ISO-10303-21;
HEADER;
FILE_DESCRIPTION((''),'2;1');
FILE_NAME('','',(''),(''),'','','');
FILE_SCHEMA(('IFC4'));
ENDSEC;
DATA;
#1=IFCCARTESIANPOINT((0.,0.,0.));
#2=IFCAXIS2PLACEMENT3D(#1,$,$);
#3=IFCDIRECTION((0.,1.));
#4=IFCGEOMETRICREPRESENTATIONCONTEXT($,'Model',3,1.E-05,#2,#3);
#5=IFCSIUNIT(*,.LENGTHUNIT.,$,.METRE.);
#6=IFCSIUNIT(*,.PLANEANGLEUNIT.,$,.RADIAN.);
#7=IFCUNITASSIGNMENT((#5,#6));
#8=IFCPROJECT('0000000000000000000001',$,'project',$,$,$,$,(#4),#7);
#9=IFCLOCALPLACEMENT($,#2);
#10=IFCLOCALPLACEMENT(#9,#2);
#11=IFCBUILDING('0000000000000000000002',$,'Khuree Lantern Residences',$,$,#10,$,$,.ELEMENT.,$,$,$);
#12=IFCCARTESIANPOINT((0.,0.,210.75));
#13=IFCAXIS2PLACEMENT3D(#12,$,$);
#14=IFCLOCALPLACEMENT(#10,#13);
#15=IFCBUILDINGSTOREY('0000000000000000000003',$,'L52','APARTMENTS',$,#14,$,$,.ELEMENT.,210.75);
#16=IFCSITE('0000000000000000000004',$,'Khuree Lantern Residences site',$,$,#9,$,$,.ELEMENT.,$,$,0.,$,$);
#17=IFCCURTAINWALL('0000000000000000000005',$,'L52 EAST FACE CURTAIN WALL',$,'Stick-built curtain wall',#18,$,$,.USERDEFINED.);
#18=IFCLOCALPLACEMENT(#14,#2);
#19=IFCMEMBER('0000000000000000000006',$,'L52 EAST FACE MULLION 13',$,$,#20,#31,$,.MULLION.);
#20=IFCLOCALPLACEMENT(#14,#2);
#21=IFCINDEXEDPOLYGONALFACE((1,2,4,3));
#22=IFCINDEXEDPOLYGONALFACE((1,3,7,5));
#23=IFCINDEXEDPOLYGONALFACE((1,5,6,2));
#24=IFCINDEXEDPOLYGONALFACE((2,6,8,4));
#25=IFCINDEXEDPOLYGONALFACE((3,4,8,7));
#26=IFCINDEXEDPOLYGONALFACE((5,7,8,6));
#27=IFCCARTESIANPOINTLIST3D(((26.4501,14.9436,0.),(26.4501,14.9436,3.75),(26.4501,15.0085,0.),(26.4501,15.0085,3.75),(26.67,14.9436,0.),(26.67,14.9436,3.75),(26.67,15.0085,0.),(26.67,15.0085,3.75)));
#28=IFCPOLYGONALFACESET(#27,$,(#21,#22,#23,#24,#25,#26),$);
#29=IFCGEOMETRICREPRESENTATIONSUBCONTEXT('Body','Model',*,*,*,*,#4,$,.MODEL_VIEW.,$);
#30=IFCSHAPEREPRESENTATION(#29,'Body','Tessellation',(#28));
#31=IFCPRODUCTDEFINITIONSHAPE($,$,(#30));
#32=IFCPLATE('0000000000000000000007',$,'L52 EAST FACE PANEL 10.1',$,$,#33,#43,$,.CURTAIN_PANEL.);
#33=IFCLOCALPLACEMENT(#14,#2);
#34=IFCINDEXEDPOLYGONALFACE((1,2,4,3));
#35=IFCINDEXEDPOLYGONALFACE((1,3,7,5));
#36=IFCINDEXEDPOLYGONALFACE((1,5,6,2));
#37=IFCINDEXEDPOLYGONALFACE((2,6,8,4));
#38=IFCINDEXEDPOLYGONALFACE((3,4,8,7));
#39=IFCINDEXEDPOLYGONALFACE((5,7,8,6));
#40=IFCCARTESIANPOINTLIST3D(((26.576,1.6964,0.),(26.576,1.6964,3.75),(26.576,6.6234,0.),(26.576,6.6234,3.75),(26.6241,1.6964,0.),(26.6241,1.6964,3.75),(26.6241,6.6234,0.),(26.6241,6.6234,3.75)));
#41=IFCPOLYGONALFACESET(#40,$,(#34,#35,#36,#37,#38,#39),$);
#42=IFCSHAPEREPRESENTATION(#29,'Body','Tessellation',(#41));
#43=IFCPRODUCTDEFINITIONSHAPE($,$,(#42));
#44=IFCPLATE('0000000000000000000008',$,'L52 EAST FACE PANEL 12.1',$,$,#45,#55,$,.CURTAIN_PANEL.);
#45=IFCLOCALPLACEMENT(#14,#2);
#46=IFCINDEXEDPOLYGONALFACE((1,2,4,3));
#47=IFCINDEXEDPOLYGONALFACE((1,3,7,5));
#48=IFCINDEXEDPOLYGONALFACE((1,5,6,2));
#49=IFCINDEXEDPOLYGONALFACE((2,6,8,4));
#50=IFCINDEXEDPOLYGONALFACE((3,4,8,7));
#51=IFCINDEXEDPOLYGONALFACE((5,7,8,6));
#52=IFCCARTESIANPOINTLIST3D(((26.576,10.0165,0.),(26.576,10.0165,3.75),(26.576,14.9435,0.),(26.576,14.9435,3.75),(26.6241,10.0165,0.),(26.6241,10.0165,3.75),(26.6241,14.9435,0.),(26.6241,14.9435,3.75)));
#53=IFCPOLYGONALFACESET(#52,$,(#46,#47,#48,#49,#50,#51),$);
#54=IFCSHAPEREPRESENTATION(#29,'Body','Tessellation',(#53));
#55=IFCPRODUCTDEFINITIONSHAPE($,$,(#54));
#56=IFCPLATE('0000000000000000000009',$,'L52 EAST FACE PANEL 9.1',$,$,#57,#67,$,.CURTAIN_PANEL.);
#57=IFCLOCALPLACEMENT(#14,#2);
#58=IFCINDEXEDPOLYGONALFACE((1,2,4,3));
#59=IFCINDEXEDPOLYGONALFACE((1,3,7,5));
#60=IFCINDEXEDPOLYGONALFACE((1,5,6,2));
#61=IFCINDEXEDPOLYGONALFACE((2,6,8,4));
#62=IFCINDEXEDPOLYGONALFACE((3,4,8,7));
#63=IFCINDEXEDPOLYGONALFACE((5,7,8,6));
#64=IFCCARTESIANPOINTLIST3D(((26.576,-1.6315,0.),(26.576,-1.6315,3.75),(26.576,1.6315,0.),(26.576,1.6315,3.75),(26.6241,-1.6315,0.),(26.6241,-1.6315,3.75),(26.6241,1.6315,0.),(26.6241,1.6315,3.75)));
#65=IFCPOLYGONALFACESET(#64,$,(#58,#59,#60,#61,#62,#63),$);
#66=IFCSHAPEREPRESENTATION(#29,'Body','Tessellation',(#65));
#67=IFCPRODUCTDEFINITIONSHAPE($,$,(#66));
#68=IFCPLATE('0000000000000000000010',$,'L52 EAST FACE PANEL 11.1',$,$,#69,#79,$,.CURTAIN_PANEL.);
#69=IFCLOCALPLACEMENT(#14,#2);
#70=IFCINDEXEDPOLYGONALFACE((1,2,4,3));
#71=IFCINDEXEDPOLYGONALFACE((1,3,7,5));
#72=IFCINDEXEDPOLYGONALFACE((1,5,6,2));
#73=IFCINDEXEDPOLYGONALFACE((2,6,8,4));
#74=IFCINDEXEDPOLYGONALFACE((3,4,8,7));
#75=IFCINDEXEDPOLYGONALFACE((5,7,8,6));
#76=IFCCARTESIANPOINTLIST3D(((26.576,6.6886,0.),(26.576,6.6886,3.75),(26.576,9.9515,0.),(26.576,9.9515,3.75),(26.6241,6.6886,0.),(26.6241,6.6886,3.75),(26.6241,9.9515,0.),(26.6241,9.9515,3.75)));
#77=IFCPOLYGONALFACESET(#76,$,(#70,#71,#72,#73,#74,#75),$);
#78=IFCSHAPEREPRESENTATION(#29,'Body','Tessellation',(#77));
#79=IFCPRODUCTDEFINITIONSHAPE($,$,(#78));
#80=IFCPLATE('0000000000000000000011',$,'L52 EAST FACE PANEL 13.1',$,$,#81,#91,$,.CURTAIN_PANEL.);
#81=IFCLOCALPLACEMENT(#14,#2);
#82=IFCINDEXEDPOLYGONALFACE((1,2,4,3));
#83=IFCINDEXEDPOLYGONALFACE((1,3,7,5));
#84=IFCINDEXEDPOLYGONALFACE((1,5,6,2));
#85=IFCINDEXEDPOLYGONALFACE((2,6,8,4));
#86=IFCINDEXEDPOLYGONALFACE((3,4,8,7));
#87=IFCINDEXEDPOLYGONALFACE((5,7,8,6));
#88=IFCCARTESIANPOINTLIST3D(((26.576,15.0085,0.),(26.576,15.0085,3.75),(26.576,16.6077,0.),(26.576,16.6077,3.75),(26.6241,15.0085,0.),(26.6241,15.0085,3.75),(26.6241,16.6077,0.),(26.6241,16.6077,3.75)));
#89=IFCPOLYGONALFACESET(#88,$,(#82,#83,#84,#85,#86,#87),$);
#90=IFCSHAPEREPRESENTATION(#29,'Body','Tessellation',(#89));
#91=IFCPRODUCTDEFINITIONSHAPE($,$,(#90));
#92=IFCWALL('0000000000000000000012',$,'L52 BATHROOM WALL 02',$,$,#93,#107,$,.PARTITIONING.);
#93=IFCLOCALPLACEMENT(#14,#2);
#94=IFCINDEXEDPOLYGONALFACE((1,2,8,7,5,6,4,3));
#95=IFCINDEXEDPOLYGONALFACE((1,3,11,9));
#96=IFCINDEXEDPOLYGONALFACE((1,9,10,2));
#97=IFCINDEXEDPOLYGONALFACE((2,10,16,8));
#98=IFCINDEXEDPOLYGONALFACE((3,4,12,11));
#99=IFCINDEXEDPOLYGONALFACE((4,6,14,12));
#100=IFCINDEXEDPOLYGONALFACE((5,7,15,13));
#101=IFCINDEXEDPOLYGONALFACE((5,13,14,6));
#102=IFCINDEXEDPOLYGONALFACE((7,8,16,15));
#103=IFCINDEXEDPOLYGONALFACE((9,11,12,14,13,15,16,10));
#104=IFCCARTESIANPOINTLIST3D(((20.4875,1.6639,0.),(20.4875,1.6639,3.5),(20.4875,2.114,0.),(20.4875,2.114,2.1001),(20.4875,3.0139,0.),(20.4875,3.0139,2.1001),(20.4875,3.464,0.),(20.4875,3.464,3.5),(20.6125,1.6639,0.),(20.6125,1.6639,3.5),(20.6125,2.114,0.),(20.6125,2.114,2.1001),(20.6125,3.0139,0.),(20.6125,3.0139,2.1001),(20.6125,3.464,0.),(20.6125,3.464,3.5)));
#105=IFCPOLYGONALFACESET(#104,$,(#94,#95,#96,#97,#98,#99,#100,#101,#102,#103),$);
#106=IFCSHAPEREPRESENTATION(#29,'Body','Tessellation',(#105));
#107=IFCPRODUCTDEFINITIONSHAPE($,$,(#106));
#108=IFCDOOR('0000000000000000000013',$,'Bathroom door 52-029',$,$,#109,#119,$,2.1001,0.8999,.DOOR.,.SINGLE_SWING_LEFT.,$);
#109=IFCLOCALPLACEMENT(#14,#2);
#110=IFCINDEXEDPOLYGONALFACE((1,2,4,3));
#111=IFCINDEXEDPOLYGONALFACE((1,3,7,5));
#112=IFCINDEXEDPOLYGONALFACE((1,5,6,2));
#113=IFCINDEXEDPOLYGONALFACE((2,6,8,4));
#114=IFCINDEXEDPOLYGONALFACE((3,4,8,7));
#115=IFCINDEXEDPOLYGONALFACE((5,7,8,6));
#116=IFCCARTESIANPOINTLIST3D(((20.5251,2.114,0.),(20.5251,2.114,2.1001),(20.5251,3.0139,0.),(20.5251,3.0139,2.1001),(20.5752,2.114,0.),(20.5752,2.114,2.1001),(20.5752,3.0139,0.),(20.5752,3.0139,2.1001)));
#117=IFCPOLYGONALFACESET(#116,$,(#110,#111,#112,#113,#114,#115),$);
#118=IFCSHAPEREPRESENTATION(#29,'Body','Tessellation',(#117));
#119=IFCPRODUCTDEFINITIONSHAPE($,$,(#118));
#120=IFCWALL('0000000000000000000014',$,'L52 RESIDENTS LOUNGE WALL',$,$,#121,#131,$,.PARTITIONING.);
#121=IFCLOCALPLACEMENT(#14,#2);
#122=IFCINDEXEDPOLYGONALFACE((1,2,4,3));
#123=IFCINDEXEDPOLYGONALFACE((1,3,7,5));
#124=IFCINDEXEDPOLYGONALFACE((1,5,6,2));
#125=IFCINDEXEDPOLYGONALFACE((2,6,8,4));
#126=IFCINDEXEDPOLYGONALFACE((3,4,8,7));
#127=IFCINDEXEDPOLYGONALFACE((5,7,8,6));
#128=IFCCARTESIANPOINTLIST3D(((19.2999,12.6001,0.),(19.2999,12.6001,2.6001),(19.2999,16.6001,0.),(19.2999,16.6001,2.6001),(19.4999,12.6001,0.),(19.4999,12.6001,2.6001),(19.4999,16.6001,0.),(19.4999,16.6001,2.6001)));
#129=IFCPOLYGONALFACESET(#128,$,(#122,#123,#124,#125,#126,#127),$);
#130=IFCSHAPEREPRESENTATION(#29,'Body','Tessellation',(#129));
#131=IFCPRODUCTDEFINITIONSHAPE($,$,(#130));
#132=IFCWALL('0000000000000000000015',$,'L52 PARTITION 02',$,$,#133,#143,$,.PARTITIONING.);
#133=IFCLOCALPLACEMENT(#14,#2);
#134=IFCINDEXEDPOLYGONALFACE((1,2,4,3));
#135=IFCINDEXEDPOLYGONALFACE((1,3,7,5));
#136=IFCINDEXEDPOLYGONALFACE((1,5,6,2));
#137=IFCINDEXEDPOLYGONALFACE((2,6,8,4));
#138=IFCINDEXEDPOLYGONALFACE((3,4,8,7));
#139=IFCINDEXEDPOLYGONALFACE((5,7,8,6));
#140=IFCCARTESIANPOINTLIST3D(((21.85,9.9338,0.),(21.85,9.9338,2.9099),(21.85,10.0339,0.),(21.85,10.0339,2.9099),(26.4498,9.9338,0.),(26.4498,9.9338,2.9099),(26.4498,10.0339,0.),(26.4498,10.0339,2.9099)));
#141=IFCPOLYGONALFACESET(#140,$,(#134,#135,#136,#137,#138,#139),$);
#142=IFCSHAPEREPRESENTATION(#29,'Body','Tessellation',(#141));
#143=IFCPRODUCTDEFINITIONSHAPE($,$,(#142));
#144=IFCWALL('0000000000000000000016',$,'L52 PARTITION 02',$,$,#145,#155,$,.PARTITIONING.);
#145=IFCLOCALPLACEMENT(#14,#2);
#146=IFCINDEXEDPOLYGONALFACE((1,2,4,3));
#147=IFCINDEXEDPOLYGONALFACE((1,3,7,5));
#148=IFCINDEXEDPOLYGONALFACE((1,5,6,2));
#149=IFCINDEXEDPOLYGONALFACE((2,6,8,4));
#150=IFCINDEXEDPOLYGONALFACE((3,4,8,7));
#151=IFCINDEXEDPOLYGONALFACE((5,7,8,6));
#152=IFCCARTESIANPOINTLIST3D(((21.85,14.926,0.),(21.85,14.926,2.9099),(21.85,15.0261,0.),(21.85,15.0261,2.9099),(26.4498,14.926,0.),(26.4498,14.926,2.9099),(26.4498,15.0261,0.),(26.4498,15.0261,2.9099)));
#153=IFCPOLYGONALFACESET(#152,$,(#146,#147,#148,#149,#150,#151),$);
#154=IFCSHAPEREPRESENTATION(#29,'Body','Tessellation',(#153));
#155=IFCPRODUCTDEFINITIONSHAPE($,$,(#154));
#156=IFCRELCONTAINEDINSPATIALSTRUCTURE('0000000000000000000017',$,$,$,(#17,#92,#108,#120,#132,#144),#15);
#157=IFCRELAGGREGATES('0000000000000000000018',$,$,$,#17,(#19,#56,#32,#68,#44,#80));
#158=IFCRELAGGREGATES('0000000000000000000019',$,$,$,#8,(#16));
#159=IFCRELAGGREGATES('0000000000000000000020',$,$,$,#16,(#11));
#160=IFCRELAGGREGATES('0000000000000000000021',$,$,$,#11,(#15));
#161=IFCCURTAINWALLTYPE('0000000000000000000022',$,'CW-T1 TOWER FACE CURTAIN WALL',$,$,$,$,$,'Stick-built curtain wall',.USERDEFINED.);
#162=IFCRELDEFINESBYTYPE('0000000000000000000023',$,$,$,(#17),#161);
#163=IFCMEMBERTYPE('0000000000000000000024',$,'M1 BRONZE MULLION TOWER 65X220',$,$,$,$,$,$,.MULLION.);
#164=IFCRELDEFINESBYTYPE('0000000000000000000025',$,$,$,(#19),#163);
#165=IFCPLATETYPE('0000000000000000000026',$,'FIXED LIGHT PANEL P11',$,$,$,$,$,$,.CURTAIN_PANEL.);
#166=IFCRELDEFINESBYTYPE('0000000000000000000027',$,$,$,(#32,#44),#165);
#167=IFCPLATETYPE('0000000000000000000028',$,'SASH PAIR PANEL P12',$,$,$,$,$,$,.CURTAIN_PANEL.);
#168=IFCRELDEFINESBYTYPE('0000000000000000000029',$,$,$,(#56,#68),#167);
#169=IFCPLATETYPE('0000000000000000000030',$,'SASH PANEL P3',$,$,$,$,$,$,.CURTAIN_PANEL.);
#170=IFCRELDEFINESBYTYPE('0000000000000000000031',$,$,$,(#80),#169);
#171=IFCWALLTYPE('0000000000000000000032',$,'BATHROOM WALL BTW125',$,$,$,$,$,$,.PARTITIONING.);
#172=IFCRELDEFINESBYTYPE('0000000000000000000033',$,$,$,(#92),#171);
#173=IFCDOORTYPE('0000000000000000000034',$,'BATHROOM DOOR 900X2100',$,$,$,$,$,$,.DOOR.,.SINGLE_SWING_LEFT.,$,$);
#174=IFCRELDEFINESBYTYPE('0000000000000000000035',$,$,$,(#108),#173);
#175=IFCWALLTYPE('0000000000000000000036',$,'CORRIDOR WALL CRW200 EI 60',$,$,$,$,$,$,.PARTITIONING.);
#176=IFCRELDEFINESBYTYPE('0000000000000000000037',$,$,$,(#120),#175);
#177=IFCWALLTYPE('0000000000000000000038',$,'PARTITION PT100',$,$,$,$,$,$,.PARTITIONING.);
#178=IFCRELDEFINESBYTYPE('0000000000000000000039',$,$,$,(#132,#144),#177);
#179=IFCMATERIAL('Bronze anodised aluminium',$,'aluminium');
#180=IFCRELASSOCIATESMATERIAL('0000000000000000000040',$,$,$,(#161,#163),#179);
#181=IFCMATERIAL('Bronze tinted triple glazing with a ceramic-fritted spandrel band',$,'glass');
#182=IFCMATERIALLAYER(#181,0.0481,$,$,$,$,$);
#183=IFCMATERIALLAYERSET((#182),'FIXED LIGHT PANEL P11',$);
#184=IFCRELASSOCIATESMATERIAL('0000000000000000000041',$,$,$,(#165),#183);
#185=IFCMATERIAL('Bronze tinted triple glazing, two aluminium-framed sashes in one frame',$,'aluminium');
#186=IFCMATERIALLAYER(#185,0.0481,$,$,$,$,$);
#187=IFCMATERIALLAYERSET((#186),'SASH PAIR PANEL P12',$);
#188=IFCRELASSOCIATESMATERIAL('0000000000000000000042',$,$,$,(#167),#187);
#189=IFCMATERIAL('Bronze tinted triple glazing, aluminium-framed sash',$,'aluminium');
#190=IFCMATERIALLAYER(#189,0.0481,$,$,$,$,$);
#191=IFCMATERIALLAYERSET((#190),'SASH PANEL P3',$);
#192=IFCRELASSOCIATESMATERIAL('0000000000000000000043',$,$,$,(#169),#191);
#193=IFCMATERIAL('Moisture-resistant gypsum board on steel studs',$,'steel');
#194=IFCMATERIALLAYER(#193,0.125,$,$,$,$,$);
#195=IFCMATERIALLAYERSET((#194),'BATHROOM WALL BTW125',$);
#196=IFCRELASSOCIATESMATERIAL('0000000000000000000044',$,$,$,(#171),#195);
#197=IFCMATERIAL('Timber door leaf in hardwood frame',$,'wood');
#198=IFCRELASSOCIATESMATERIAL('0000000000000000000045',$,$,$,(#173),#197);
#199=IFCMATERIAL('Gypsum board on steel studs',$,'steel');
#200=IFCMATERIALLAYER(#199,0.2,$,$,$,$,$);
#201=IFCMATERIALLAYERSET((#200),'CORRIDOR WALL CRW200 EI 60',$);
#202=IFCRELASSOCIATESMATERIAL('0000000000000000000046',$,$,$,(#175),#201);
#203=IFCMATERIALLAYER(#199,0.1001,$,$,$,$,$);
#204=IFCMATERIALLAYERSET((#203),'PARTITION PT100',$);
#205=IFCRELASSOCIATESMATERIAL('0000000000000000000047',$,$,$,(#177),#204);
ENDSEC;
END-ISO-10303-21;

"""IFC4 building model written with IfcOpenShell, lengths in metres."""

from ifc_helpers import new_model, si_unit, direction, frame, frame_2d, origin, origin_2d, place, context, subcontext, project, spatial, rectangle, extrude, material, layer, layer_set, material_profile, profile_set, type_object, element, fill, aggregate, save


model = new_model("IFC4")

# Units and contexts
model_context = context("Model", 3, precision=1e-05, world=origin(), true_north=direction((0.0, 1.0)))
body_context = subcontext(model_context, "Body", "Model", "MODEL_VIEW")
ifc_project = project(units=[si_unit("LENGTHUNIT", "METRE"), si_unit("PLANEANGLEUNIT", "RADIAN")], contexts=[model_context])

# Site, building, storey
site_placement = place(None, origin())
site = spatial("IfcSite", under=ifc_project, at=site_placement, Name="Khuree Lantern Residences site", CompositionType="ELEMENT", RefElevation=0.0)
building_placement = place(site_placement, origin())
building = spatial("IfcBuilding", under=site, at=building_placement, Name="Khuree Lantern Residences", CompositionType="ELEMENT")
storey_placement = place(building_placement, frame((0.0, 0.0, 210.75)))
storey = spatial("IfcBuildingStorey", under=building, at=storey_placement, Name="L52", Description="APARTMENTS", CompositionType="ELEMENT", Elevation=210.75)

# Curtain wall
ifc_material_1 = material(Name="Bronze anodised aluminium", Category="aluminium")
curtain_wall_type = type_object("IfcCurtainWallType", Name="CW-T1 TOWER FACE CURTAIN WALL", ElementType="Stick-built curtain wall", PredefinedType="USERDEFINED", material=ifc_material_1)
curtain_wall_placement = place(storey_placement, origin())
curtain_wall = element("IfcCurtainWall", 1, at=curtain_wall_placement, inside=storey, type_object=curtain_wall_type, Name="L52 EAST FACE CURTAIN WALL", ObjectType="Stick-built curtain wall", PredefinedType="USERDEFINED")

# Member
ifc_material_profile_1 = material_profile(ifc_material_1, rectangle(XDim=0.0649, YDim=0.22, at=origin_2d()), Name="M1 65X220")
ifc_profile_set_1 = profile_set([ifc_material_profile_1], Name="Bronze anodised aluminium")
member_type_1 = type_object("IfcMemberType", Name="M1 BRONZE MULLION TOWER 65X220", PredefinedType="MULLION", material=ifc_profile_set_1)
member_1_placement = place(storey_placement, frame((26.5601, 14.9761, 0.0), z_axis=(0.0, 0.0, 1.0), x_axis=(0.0, 1.0, 0.0)))
member_1 = element("IfcMember", 2, at=member_1_placement, type_object=member_type_1, Name="L52 EAST FACE MULLION 13", PredefinedType="MULLION", context=body_context, shape_type="SweptSolid", body=[
    extrude(rectangle(XDim=0.0649, YDim=0.22, at=origin_2d()), origin(), (0.0, 0.0, 1.0), 3.75),
])

# Plates
ifc_material_2 = material(Name="Bronze tinted triple glazing with a ceramic-fritted spandrel band", Category="glass")
ifc_layer_1 = layer(ifc_material_2, 0.0481)
ifc_layer_set_1 = layer_set([ifc_layer_1], Name="FIXED LIGHT PANEL P11")
plate_type_1 = type_object("IfcPlateType", Name="FIXED LIGHT PANEL P11", PredefinedType="CURTAIN_PANEL", material=ifc_layer_set_1)
plate_1_placement = place(storey_placement, frame((26.6001, 4.1599, 0.0), z_axis=(0.0, 0.0, 1.0), x_axis=(0.0, 1.0, 0.0)))
plate_1 = element("IfcPlate", 3, at=plate_1_placement, type_object=plate_type_1, Name="L52 EAST FACE PANEL 10.1", PredefinedType="CURTAIN_PANEL", context=body_context, shape_type="SweptSolid", body=[
    extrude(rectangle(XDim=4.927, YDim=0.0481, at=origin_2d()), origin(), (0.0, 0.0, 1.0), 3.75),
])
plate_2_placement = place(storey_placement, frame((26.6001, 12.48, 0.0), z_axis=(0.0, 0.0, 1.0), x_axis=(0.0, 1.0, 0.0)))
plate_2 = element("IfcPlate", 4, at=plate_2_placement, type_object=plate_type_1, Name="L52 EAST FACE PANEL 12.1", PredefinedType="CURTAIN_PANEL", context=body_context, shape_type="SweptSolid", body=[
    extrude(rectangle(XDim=4.927, YDim=0.0481, at=origin_2d()), origin(), (0.0, 0.0, 1.0), 3.75),
])
ifc_material_3 = material(Name="Bronze tinted triple glazing, two aluminium-framed sashes in one frame", Category="aluminium")
ifc_layer_2 = layer(ifc_material_3, 0.0481)
ifc_layer_set_2 = layer_set([ifc_layer_2], Name="SASH PAIR PANEL P12")
plate_type_2 = type_object("IfcPlateType", Name="SASH PAIR PANEL P12", PredefinedType="CURTAIN_PANEL", material=ifc_layer_set_2)
plate_3_placement = place(storey_placement, frame((26.6001, 0.0, 0.0), z_axis=(0.0, 0.0, 1.0), x_axis=(0.0, 1.0, 0.0)))
plate_3 = element("IfcPlate", 5, at=plate_3_placement, type_object=plate_type_2, Name="L52 EAST FACE PANEL 9.1", PredefinedType="CURTAIN_PANEL", context=body_context, shape_type="SweptSolid", body=[
    extrude(rectangle(XDim=3.2629, YDim=0.0481, at=origin_2d()), origin(), (0.0, 0.0, 1.0), 3.75),
])
plate_4_placement = place(storey_placement, frame((26.6001, 8.3201, 0.0), z_axis=(0.0, 0.0, 1.0), x_axis=(0.0, 1.0, 0.0)))
plate_4 = element("IfcPlate", 6, at=plate_4_placement, type_object=plate_type_2, Name="L52 EAST FACE PANEL 11.1", PredefinedType="CURTAIN_PANEL", context=body_context, shape_type="SweptSolid", body=[
    extrude(rectangle(XDim=3.2629, YDim=0.0481, at=origin_2d()), origin(), (0.0, 0.0, 1.0), 3.75),
])
ifc_material_4 = material(Name="Bronze tinted triple glazing, aluminium-framed sash", Category="aluminium")
ifc_layer_3 = layer(ifc_material_4, 0.0481)
ifc_layer_set_3 = layer_set([ifc_layer_3], Name="SASH PANEL P3")
plate_type_3 = type_object("IfcPlateType", Name="SASH PANEL P3", PredefinedType="CURTAIN_PANEL", material=ifc_layer_set_3)
plate_5_placement = place(storey_placement, frame((26.6001, 15.8081, 0.0), z_axis=(0.0, 0.0, 1.0), x_axis=(0.0, 1.0, 0.0)))
plate_5 = element("IfcPlate", 7, at=plate_5_placement, type_object=plate_type_3, Name="L52 EAST FACE PANEL 13.1", PredefinedType="CURTAIN_PANEL", context=body_context, shape_type="SweptSolid", body=[
    extrude(rectangle(XDim=1.5991, YDim=0.0481, at=origin_2d()), origin(), (0.0, 0.0, 1.0), 3.75),
])
aggregate(curtain_wall, [member_1, plate_3, plate_1, plate_4, plate_2, plate_5])

# Wall, opening, door
ifc_material_5 = material(Name="Moisture-resistant gypsum board on steel studs", Category="steel")
ifc_layer_4 = layer(ifc_material_5, 0.125)
ifc_layer_set_4 = layer_set([ifc_layer_4], Name="BATHROOM WALL BTW125")
wall_type_1 = type_object("IfcWallType", Name="BATHROOM WALL BTW125", PredefinedType="PARTITIONING", material=ifc_layer_set_4)
wall_1_placement = place(storey_placement, frame((20.55, 1.6641, 0.0), z_axis=(0.0, 0.0, 1.0), x_axis=(0.0, 1.0, 0.0)))
wall_1 = element("IfcWall", 8, at=wall_1_placement, inside=storey, type_object=wall_type_1, Name="L52 BATHROOM WALL 02", PredefinedType="PARTITIONING", context=body_context, shape_type="SweptSolid", body=[
    extrude(rectangle(XDim=1.8, YDim=0.125, at=frame_2d((0.8999, 0.0))), origin(), (0.0, 0.0, 1.0), 3.5),
])
opening_1_placement = place(wall_1_placement, frame((0.45, 0.0, 0.0)))
opening_1 = element("IfcOpeningElement", 9, at=opening_1_placement, cuts=wall_1, PredefinedType="OPENING", context=body_context, shape_type="SweptSolid", body=[
    extrude(rectangle(XDim=0.8999, YDim=2.1001, at=frame_2d((0.45, 1.05))), frame((0.0, 0.0725, 0.0), z_axis=(0.0, -1.0, 0.0), x_axis=(1.0, 0.0, 0.0)), (0.0, 0.0, 1.0), 0.145),
])
ifc_material_6 = material(Name="Timber door leaf in hardwood frame", Category="wood")
door_type_1 = type_object("IfcDoorType", Name="BATHROOM DOOR 900X2100", OperationType="SINGLE_SWING_LEFT", PredefinedType="DOOR", material=ifc_material_6)
door_1_placement = place(opening_1_placement, origin())
door_1 = element("IfcDoor", 10, at=door_1_placement, inside=storey, type_object=door_type_1, Name="Bathroom door 52-029", OperationType="SINGLE_SWING_LEFT", OverallHeight=2.1001, OverallWidth=0.8999, PredefinedType="DOOR", context=body_context, shape_type="SweptSolid", body=[
    extrude(rectangle(XDim=0.8999, YDim=2.1001, at=frame_2d((0.45, 1.05))), frame((0.0, 0.0249, 0.0), z_axis=(0.0, -1.0, 0.0), x_axis=(1.0, 0.0, 0.0)), (0.0, 0.0, 1.0), 0.05),
])
fill(opening_1, door_1)

# Walls
ifc_material_7 = material(Name="Gypsum board on steel studs", Category="steel")
ifc_layer_5 = layer(ifc_material_7, 0.2)
ifc_layer_set_5 = layer_set([ifc_layer_5], Name="CORRIDOR WALL CRW200 EI 60")
wall_type_2 = type_object("IfcWallType", Name="CORRIDOR WALL CRW200 EI 60", PredefinedType="PARTITIONING", material=ifc_layer_set_5)
wall_2_placement = place(storey_placement, frame((19.3999, 12.6001, 0.0), z_axis=(0.0, 0.0, 1.0), x_axis=(0.0, 1.0, 0.0)))
element("IfcWall", 11, at=wall_2_placement, inside=storey, type_object=wall_type_2, Name="L52 RESIDENTS LOUNGE WALL", PredefinedType="PARTITIONING", context=body_context, shape_type="SweptSolid", body=[
    extrude(rectangle(XDim=4.0, YDim=0.2, at=frame_2d((2.0, 0.0))), origin(), (0.0, 0.0, 1.0), 2.6001),
])
ifc_layer_6 = layer(ifc_material_7, 0.1001)
ifc_layer_set_6 = layer_set([ifc_layer_6], Name="PARTITION PT100")
wall_type_3 = type_object("IfcWallType", Name="PARTITION PT100", PredefinedType="PARTITIONING", material=ifc_layer_set_6)
for number, where, z_axis, x_axis, name in (
    (12, (21.8501, 9.9839, 0.0), (0.0, 0.0, 1.0), (1.0, 0.0, 0.0), "L52 PARTITION 02"),
    (13, (21.8501, 14.9761, 0.0), (0.0, 0.0, 1.0), (1.0, 0.0, 0.0), "L52 PARTITION 02"),
):
    element("IfcWall", number, at=place(storey_placement, frame(where, z_axis=z_axis, x_axis=x_axis)), inside=storey, type_object=wall_type_3, Name=name, PredefinedType="PARTITIONING", context=body_context, shape_type="SweptSolid", body=[
        extrude(rectangle(XDim=4.5999, YDim=0.1001, at=frame_2d((2.2998, 0.0))), origin(), (0.0, 0.0, 1.0), 2.9099),
    ])

save(model, "model.ifc")
